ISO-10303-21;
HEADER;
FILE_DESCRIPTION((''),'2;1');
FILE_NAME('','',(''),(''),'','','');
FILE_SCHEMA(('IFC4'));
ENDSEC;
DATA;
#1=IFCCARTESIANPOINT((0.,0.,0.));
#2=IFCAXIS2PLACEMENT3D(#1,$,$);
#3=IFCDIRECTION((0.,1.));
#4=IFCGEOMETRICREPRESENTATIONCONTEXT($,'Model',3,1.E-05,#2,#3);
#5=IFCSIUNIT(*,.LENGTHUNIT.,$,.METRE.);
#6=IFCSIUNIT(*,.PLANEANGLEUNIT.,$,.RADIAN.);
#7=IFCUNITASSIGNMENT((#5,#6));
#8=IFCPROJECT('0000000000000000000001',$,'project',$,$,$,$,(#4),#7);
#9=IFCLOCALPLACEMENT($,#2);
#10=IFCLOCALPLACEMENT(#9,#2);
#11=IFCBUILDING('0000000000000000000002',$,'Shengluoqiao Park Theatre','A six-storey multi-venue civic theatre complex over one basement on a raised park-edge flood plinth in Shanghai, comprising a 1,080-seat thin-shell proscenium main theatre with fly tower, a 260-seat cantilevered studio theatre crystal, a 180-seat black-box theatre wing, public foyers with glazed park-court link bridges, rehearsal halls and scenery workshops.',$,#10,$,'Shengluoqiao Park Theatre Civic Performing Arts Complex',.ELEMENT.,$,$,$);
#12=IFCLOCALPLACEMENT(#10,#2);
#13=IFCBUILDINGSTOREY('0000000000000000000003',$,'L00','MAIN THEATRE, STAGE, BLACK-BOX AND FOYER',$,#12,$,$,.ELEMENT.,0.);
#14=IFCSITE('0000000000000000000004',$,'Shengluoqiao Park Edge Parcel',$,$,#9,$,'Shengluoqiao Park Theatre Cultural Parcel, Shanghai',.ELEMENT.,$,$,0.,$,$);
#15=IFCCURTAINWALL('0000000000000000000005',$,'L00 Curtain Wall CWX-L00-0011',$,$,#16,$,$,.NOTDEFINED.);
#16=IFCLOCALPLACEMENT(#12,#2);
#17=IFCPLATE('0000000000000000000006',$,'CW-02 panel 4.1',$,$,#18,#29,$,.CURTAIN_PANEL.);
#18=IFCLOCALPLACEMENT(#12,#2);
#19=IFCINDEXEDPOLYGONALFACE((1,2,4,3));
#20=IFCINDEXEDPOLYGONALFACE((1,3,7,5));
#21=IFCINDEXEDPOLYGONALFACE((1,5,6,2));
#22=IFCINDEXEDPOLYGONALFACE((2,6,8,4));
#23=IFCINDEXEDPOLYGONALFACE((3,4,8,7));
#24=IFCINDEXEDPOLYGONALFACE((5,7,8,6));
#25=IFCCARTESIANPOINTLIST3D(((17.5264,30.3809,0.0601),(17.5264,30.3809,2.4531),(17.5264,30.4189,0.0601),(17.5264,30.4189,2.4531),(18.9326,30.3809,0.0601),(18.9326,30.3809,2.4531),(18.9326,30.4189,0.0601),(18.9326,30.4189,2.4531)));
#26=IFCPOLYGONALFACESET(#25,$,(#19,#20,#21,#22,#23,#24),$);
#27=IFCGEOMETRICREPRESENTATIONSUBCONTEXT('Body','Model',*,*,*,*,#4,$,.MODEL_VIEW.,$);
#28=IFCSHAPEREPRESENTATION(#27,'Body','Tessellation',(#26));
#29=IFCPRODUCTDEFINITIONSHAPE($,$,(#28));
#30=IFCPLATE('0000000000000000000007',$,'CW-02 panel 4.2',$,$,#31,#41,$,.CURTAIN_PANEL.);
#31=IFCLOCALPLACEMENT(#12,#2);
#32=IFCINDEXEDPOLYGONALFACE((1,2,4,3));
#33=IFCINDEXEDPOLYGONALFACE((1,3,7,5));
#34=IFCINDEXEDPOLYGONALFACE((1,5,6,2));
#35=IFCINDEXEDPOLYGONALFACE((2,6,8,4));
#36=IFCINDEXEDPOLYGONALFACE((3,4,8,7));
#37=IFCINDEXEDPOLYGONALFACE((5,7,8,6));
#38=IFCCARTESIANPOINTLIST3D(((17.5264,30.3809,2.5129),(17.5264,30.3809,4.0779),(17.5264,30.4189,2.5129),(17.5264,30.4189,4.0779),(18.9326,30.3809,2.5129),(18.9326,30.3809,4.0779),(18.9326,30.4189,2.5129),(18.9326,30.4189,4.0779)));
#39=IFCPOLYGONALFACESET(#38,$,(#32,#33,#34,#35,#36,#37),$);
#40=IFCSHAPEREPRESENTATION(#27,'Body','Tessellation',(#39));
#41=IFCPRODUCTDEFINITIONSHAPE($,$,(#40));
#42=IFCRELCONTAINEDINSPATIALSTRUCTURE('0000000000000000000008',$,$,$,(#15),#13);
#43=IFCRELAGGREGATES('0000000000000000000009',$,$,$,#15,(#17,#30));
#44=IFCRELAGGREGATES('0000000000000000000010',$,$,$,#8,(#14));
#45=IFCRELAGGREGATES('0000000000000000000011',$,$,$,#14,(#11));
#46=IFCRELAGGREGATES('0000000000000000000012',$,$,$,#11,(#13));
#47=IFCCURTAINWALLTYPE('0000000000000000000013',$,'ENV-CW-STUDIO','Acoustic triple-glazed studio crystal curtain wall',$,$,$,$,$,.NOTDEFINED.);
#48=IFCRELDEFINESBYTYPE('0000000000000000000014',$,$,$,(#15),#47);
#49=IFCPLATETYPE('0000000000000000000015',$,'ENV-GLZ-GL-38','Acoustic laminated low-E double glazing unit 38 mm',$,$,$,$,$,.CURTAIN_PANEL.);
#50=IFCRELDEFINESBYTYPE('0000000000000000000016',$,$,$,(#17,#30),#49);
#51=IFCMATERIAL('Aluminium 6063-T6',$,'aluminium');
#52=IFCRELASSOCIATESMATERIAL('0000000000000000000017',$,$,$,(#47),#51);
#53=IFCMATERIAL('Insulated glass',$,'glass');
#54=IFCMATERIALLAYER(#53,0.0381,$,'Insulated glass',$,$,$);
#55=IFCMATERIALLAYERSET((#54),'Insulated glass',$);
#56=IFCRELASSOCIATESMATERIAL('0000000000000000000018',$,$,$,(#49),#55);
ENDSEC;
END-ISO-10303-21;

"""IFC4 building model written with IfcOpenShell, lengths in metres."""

from ifc_helpers import new_model, si_unit, direction, frame, origin, origin_2d, place, context, subcontext, project, spatial, rectangle, extrude, material, layer, layer_set, type_object, element, aggregate, save


model = new_model("IFC4")

# Units and contexts
model_context = context("Model", 3, precision=1e-05, world=origin(), true_north=direction((0.0, 1.0)))
body_context = subcontext(model_context, "Body", "Model", "MODEL_VIEW")
ifc_project = project(units=[si_unit("LENGTHUNIT", "METRE"), si_unit("PLANEANGLEUNIT", "RADIAN")], contexts=[model_context])

# Site, building, storey
site_placement = place(None, origin())
site = spatial("IfcSite", under=ifc_project, at=site_placement, Name="Shengluoqiao Park Edge Parcel", LongName="Shengluoqiao Park Theatre Cultural Parcel, Shanghai", CompositionType="ELEMENT", RefElevation=0.0)
building_placement = place(site_placement, origin())
building = spatial("IfcBuilding", under=site, at=building_placement, Name="Shengluoqiao Park Theatre", Description="A six-storey multi-venue civic theatre complex over one basement on a raised park-edge flood plinth in Shanghai, comprising a 1,080-seat thin-shell proscenium main theatre with fly tower, a 260-seat cantilevered studio theatre crystal, a 180-seat black-box theatre wing, public foyers with glazed park-court link bridges, rehearsal halls and scenery workshops.", LongName="Shengluoqiao Park Theatre Civic Performing Arts Complex", CompositionType="ELEMENT")
storey_placement = place(building_placement, origin())
storey = spatial("IfcBuildingStorey", under=building, at=storey_placement, Name="L00", Description="MAIN THEATRE, STAGE, BLACK-BOX AND FOYER", CompositionType="ELEMENT", Elevation=0.0)

# Curtain wall, plates
ifc_material_1 = material(Name="Aluminium 6063-T6", Category="aluminium")
curtain_wall_type = type_object("IfcCurtainWallType", Name="ENV-CW-STUDIO", Description="Acoustic triple-glazed studio crystal curtain wall", PredefinedType="NOTDEFINED", material=ifc_material_1)
curtain_wall_placement = place(storey_placement, origin())
curtain_wall = element("IfcCurtainWall", 1, at=curtain_wall_placement, inside=storey, type_object=curtain_wall_type, Name="L00 Curtain Wall CWX-L00-0011", PredefinedType="NOTDEFINED")
ifc_material_2 = material(Name="Insulated glass", Category="glass")
ifc_layer = layer(ifc_material_2, 0.0381, Name="Insulated glass")
ifc_layer_set = layer_set([ifc_layer], Name="Insulated glass")
plate_type = type_object("IfcPlateType", Name="ENV-GLZ-GL-38", Description="Acoustic laminated low-E double glazing unit 38 mm", PredefinedType="CURTAIN_PANEL", material=ifc_layer_set)
plate_1_placement = place(storey_placement, frame((18.2295, 30.3999, 0.0601), z_axis=(0.0, 0.0, 1.0), x_axis=(1.0, 0.0, 0.0)))
plate_1 = element("IfcPlate", 2, at=plate_1_placement, type_object=plate_type, Name="CW-02 panel 4.1", PredefinedType="CURTAIN_PANEL", context=body_context, shape_type="SweptSolid", body=[
    extrude(rectangle(XDim=1.4062, YDim=0.0381, at=origin_2d()), origin(), (0.0, 0.0, 1.0), 2.3931),
])
plate_2_placement = place(storey_placement, frame((18.2295, 30.3999, 2.5129), z_axis=(0.0, 0.0, 1.0), x_axis=(1.0, 0.0, 0.0)))
plate_2 = element("IfcPlate", 3, at=plate_2_placement, type_object=plate_type, Name="CW-02 panel 4.2", PredefinedType="CURTAIN_PANEL", context=body_context, shape_type="SweptSolid", body=[
    extrude(rectangle(XDim=1.4062, YDim=0.0381, at=origin_2d()), origin(), (0.0, 0.0, 1.0), 1.5649),
])
aggregate(curtain_wall, [plate_1, plate_2])

save(model, "model.ifc")
